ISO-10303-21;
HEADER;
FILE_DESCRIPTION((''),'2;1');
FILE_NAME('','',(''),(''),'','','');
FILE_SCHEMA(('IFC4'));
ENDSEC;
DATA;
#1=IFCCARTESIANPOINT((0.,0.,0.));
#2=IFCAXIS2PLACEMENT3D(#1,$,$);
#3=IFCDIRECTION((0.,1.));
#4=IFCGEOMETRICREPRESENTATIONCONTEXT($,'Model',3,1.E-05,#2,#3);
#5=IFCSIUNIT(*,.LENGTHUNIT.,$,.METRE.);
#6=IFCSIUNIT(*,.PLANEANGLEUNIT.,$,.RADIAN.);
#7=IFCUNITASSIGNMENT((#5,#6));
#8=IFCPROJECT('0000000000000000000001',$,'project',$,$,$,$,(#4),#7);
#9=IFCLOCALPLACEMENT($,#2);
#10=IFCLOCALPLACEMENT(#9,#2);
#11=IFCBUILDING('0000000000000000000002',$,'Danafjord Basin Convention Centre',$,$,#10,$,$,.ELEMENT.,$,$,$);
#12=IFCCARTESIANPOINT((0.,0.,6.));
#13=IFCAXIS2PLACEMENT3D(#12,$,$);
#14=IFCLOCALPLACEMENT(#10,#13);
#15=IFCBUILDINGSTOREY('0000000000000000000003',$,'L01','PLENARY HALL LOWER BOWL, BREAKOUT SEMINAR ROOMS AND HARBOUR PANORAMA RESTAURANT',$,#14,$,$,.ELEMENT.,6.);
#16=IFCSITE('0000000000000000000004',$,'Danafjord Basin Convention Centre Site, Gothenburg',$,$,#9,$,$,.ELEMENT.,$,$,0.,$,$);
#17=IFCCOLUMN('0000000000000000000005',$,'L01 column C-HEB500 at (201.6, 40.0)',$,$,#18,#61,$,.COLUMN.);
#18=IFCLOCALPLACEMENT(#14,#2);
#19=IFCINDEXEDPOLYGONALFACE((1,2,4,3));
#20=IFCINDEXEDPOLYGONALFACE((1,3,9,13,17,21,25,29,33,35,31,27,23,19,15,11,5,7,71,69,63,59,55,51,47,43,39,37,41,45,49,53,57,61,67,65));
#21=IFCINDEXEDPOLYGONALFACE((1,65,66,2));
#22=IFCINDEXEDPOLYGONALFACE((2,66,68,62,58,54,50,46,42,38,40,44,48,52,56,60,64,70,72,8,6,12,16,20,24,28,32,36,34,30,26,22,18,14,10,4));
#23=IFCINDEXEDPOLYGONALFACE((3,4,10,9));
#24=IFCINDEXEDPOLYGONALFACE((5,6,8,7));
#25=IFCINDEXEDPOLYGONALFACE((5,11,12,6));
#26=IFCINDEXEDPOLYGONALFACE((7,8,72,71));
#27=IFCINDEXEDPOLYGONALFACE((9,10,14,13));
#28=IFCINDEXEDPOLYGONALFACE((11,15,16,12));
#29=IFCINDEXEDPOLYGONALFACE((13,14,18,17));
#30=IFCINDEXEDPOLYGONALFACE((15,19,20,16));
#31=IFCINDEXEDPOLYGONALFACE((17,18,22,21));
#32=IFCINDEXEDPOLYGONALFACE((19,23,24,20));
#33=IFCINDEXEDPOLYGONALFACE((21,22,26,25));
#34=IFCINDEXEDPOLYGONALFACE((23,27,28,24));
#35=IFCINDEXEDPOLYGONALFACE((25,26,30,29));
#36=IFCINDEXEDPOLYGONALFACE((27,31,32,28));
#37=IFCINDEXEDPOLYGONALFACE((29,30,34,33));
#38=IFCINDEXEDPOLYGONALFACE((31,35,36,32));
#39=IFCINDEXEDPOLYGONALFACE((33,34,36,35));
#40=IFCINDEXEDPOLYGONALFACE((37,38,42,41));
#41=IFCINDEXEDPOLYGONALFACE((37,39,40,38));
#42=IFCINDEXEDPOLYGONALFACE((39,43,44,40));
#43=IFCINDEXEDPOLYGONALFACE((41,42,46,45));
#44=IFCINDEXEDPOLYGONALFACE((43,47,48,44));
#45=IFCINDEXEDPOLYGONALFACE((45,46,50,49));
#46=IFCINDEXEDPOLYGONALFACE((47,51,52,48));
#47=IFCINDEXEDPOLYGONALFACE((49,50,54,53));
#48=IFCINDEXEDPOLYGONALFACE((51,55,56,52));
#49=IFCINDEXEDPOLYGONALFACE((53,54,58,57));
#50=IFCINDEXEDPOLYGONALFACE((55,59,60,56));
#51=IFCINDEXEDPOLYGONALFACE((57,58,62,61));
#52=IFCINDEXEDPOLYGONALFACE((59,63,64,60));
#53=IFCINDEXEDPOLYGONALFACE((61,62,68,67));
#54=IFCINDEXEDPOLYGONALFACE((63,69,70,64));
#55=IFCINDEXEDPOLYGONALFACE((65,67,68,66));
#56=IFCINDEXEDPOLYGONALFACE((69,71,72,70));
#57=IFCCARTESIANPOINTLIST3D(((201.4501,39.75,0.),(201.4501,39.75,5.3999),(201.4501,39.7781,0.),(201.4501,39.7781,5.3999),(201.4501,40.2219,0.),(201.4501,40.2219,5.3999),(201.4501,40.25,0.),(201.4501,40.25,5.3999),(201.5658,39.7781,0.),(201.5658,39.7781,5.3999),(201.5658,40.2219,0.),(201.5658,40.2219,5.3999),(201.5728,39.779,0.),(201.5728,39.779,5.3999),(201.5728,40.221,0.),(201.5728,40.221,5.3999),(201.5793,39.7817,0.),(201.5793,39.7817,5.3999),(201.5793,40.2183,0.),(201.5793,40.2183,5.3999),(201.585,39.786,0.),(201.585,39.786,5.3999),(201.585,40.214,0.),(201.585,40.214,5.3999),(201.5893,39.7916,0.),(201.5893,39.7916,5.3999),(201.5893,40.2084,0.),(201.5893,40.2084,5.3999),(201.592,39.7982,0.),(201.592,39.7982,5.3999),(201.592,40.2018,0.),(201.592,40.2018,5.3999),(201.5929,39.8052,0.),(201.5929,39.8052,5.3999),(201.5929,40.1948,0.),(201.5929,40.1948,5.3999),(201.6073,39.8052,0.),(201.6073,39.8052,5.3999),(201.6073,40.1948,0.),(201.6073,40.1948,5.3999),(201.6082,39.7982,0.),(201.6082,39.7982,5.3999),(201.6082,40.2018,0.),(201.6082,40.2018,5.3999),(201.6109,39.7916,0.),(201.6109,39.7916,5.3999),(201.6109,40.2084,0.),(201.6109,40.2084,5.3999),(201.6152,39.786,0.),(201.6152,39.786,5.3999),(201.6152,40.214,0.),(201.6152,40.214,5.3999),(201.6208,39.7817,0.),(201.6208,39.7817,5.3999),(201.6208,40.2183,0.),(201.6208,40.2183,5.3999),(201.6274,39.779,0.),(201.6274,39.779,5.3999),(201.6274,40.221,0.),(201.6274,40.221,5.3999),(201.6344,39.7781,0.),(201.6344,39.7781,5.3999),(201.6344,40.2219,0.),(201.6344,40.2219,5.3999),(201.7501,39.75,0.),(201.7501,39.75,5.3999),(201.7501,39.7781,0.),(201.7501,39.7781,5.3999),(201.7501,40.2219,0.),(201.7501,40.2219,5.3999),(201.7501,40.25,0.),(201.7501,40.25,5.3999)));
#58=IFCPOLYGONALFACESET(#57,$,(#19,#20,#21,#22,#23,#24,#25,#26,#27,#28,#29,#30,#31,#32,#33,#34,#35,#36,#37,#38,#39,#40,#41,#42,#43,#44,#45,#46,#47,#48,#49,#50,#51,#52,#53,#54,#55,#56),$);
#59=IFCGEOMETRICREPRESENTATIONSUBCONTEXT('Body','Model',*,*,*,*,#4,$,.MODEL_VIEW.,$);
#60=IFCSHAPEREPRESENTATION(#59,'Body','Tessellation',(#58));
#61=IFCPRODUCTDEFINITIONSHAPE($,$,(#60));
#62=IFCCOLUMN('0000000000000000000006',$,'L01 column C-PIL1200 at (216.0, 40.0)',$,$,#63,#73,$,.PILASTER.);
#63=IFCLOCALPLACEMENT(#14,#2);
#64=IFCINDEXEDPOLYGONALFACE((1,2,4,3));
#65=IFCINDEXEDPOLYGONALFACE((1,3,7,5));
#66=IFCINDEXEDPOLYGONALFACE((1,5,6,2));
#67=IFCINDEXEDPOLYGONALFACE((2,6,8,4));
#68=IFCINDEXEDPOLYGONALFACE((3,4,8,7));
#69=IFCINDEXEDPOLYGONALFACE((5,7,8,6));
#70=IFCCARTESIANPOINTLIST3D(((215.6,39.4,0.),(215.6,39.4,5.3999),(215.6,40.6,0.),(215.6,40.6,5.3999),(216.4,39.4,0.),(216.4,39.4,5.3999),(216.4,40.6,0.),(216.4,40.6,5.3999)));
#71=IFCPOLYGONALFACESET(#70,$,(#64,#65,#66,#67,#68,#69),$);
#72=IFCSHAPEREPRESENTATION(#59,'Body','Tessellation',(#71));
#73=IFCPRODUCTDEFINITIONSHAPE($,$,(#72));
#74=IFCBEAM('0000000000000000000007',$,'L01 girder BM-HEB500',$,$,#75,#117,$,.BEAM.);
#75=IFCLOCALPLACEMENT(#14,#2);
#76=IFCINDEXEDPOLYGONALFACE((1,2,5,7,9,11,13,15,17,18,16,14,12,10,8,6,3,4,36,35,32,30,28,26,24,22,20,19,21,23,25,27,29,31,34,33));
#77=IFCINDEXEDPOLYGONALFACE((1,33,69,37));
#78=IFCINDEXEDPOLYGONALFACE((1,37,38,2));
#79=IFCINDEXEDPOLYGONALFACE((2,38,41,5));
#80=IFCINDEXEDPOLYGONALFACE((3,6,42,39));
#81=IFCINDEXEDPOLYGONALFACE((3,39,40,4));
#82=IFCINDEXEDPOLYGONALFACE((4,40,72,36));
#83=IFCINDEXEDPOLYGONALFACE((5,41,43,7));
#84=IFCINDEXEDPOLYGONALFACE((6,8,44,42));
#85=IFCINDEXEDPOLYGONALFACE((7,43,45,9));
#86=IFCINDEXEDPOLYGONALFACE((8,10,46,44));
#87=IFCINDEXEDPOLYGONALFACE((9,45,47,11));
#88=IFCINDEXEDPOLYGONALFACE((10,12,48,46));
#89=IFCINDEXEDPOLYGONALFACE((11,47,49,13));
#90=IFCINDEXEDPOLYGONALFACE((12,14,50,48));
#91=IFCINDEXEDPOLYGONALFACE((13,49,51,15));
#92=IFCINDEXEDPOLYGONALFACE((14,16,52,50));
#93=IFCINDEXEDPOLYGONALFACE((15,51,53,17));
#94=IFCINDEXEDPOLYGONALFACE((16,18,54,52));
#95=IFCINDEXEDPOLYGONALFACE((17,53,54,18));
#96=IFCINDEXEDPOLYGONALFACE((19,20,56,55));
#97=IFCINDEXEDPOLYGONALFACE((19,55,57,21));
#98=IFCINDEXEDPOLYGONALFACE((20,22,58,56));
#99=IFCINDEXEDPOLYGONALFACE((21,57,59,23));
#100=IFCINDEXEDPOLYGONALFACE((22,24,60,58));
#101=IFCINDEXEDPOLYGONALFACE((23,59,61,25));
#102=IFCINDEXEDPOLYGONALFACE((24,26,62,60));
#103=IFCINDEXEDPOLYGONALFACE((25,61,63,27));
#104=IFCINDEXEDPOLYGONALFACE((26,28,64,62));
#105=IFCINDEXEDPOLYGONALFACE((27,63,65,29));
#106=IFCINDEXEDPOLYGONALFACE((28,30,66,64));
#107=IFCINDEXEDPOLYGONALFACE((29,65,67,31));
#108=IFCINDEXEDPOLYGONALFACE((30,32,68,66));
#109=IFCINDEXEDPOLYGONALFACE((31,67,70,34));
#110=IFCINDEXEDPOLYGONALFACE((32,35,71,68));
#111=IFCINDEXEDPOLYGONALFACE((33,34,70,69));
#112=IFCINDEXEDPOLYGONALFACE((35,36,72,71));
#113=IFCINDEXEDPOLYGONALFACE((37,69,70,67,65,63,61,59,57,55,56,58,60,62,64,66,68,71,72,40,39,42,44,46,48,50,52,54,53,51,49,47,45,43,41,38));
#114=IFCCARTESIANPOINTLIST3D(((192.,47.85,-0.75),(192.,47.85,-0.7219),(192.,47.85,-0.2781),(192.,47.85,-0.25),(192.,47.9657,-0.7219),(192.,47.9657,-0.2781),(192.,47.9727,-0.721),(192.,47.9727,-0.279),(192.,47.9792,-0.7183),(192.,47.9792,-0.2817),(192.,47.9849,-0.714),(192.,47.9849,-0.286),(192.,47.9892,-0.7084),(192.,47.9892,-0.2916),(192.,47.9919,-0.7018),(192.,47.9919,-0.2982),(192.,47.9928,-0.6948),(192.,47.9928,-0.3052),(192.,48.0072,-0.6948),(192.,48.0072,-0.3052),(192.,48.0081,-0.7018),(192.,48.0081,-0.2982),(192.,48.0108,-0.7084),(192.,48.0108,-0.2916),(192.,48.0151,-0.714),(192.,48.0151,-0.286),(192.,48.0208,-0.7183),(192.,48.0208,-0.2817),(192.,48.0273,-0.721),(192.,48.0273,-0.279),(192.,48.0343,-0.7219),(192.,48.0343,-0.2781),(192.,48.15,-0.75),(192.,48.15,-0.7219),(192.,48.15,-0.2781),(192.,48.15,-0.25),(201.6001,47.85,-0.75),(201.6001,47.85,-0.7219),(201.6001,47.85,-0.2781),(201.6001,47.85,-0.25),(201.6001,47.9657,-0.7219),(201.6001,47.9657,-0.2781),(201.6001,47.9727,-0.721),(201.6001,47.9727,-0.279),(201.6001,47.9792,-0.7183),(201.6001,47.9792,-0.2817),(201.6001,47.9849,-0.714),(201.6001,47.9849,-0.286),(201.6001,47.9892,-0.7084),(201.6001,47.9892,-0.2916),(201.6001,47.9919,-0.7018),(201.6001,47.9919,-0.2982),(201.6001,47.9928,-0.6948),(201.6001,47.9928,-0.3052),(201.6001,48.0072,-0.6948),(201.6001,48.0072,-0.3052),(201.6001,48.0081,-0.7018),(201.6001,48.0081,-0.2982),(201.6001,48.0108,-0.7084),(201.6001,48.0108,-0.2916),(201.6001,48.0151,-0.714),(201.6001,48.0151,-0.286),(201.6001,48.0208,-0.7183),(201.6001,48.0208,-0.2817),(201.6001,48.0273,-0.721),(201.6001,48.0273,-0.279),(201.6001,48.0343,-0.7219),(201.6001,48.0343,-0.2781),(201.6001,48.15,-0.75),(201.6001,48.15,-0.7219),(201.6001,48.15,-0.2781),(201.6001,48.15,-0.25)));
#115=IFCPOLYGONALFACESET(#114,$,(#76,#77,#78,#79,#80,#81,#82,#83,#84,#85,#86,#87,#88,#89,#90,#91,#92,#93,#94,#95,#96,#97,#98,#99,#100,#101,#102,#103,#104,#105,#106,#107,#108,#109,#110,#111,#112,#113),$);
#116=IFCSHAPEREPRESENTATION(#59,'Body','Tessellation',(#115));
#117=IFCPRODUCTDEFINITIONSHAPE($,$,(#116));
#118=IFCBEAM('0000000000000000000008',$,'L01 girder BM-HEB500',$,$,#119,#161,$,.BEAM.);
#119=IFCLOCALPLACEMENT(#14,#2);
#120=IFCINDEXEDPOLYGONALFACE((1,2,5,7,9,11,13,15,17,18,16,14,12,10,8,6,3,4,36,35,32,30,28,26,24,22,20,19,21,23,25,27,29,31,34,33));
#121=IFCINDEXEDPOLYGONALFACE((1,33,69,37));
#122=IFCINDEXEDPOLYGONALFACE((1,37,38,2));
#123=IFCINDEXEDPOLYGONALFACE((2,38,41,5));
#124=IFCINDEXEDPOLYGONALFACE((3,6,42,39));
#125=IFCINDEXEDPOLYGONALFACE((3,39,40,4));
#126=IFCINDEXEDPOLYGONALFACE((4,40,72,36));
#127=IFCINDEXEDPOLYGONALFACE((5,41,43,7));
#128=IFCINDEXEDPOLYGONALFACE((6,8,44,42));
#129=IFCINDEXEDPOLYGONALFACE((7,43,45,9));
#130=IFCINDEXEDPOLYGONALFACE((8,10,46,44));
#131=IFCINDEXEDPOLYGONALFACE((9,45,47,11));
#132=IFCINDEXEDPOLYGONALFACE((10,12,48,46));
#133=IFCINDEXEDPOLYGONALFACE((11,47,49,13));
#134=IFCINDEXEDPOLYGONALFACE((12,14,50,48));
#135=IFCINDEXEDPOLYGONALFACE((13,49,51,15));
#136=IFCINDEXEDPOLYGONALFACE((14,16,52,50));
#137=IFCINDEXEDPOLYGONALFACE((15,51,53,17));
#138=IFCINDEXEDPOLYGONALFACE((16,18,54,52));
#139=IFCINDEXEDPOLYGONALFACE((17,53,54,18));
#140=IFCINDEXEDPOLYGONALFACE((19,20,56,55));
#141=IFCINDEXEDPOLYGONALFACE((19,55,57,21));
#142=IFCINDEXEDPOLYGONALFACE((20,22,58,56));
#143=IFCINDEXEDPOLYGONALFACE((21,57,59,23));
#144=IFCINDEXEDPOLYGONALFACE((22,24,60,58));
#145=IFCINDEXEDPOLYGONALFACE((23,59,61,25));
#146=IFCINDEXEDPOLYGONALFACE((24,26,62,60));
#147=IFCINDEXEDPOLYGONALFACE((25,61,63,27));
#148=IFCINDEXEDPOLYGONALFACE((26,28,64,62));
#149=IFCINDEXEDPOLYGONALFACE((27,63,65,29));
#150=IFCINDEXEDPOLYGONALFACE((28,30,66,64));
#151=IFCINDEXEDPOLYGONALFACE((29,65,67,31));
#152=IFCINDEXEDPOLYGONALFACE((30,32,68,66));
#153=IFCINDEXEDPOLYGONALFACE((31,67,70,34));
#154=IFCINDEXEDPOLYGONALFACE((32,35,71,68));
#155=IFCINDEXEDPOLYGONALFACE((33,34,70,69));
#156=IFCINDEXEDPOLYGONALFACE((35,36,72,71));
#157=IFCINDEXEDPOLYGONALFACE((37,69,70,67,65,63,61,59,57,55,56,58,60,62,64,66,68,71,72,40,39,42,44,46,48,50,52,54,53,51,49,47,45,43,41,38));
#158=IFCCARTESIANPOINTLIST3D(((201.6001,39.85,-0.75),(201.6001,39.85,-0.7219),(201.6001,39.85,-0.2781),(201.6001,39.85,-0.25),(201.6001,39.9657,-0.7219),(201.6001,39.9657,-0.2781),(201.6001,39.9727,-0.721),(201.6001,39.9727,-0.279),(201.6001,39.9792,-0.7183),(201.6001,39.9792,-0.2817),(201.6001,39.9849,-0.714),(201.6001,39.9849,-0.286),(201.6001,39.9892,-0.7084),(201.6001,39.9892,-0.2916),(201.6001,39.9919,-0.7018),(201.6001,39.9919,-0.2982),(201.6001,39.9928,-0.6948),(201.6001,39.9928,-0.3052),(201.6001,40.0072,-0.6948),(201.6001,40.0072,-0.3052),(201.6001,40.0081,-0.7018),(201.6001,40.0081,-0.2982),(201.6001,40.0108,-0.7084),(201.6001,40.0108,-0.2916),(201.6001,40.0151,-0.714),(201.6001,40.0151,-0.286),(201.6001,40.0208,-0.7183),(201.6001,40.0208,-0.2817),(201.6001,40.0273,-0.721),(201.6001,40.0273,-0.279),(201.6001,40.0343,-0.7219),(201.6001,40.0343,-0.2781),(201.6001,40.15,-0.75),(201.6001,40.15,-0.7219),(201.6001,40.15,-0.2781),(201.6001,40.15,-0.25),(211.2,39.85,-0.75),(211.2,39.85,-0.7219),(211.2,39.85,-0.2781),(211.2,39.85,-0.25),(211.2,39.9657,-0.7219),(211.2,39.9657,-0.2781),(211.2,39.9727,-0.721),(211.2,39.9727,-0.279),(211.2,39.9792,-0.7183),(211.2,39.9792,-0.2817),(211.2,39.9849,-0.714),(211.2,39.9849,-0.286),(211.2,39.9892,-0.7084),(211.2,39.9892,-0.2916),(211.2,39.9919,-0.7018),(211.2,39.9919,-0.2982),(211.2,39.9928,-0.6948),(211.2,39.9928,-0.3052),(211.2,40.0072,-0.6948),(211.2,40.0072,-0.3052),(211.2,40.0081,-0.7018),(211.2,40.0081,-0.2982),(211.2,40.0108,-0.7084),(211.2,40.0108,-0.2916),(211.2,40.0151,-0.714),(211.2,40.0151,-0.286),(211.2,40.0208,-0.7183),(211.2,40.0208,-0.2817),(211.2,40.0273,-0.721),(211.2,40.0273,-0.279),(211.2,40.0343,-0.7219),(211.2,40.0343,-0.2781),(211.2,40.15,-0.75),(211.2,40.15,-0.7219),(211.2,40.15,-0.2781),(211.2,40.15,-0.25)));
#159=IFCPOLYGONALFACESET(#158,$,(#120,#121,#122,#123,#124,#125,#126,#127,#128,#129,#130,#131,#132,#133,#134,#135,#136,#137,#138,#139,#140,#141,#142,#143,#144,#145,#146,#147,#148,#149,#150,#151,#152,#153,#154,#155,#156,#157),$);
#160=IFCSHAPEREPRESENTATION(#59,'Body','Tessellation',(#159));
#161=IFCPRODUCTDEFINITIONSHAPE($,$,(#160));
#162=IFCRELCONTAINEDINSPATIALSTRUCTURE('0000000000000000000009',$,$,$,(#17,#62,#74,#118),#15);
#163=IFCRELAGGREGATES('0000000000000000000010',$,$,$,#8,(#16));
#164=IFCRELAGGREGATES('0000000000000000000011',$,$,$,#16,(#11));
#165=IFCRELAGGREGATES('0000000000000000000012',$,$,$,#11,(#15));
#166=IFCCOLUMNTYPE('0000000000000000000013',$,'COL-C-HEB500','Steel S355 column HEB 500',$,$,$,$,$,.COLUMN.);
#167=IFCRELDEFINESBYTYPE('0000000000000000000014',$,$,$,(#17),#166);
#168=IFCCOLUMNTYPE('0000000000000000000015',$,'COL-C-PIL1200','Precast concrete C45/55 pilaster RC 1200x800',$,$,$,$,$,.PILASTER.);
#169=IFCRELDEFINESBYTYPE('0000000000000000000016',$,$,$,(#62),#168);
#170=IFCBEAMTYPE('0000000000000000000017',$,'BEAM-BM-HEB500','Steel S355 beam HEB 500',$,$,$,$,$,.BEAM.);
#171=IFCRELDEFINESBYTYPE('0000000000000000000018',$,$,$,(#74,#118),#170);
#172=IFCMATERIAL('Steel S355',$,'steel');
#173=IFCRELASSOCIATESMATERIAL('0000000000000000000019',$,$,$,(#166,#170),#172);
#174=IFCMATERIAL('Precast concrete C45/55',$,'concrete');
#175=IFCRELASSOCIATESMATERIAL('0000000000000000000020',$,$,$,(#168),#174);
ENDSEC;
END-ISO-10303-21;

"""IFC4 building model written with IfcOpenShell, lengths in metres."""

from ifc_helpers import new_model, si_unit, direction, frame, origin, origin_2d, place, context, subcontext, project, spatial, rectangle, i_section, extrude, material, material_profile, profile_set, type_object, element, save


model = new_model("IFC4")

# Units and contexts
model_context = context("Model", 3, precision=1e-05, world=origin(), true_north=direction((0.0, 1.0)))
body_context = subcontext(model_context, "Body", "Model", "MODEL_VIEW")
ifc_project = project(units=[si_unit("LENGTHUNIT", "METRE"), si_unit("PLANEANGLEUNIT", "RADIAN")], contexts=[model_context])

# Site, building, storey
site_placement = place(None, origin())
site = spatial("IfcSite", under=ifc_project, at=site_placement, Name="Danafjord Basin Convention Centre Site, Gothenburg", CompositionType="ELEMENT", RefElevation=0.0)
building_placement = place(site_placement, origin())
building = spatial("IfcBuilding", under=site, at=building_placement, Name="Danafjord Basin Convention Centre", CompositionType="ELEMENT")
storey_placement = place(building_placement, frame((0.0, 0.0, 6.0)))
storey = spatial("IfcBuildingStorey", under=building, at=storey_placement, Name="L01", Description="PLENARY HALL LOWER BOWL, BREAKOUT SEMINAR ROOMS AND HARBOUR PANORAMA RESTAURANT", CompositionType="ELEMENT", Elevation=6.0)

# Columns
ifc_material_1 = material(Name="Steel S355", Category="steel")
ifc_material_profile_1 = material_profile(ifc_material_1, i_section(OverallWidth=0.3, OverallDepth=0.5, WebThickness=0.0144, FlangeThickness=0.0281, FilletRadius=0.0271, at=origin_2d()), Name="HEB 500")
ifc_profile_set_1 = profile_set([ifc_material_profile_1], Name="Steel S355")
column_type_1 = type_object("IfcColumnType", Name="COL-C-HEB500", Description="Steel S355 column HEB 500", PredefinedType="COLUMN", material=ifc_profile_set_1)
column_1_placement = place(storey_placement, frame((201.6001, 40.0, 0.0), z_axis=(0.0, 0.0, 1.0), x_axis=(1.0, 0.0, 0.0)))
element("IfcColumn", 1, at=column_1_placement, inside=storey, type_object=column_type_1, Name="L01 column C-HEB500 at (201.6, 40.0)", PredefinedType="COLUMN", context=body_context, shape_type="SweptSolid", body=[
    extrude(i_section(OverallWidth=0.3, OverallDepth=0.5, WebThickness=0.0144, FlangeThickness=0.0281, FilletRadius=0.0271, at=origin_2d()), origin(), (0.0, 0.0, 1.0), 5.3999),
])
ifc_material_2 = material(Name="Precast concrete C45/55", Category="concrete")
ifc_material_profile_2 = material_profile(ifc_material_2, rectangle(XDim=0.8, YDim=1.2, at=origin_2d()), Name="RC 1200x800")
ifc_profile_set_2 = profile_set([ifc_material_profile_2], Name="Precast concrete C45/55")
column_type_2 = type_object("IfcColumnType", Name="COL-C-PIL1200", Description="Precast concrete C45/55 pilaster RC 1200x800", PredefinedType="PILASTER", material=ifc_profile_set_2)
column_2_placement = place(storey_placement, frame((216.0, 40.0, 0.0), z_axis=(0.0, 0.0, 1.0), x_axis=(1.0, 0.0, 0.0)))
element("IfcColumn", 2, at=column_2_placement, inside=storey, type_object=column_type_2, Name="L01 column C-PIL1200 at (216.0, 40.0)", PredefinedType="PILASTER", context=body_context, shape_type="SweptSolid", body=[
    extrude(rectangle(XDim=0.8, YDim=1.2, at=origin_2d()), origin(), (0.0, 0.0, 1.0), 5.3999),
])

# Beams
ifc_material_profile_3 = material_profile(ifc_material_1, i_section(OverallWidth=0.3, OverallDepth=0.5, WebThickness=0.0144, FlangeThickness=0.0281, FilletRadius=0.0271, at=origin_2d()), Name="HEB 500")
ifc_profile_set_3 = profile_set([ifc_material_profile_3], Name="Steel S355")
beam_type_1 = type_object("IfcBeamType", Name="BEAM-BM-HEB500", Description="Steel S355 beam HEB 500", PredefinedType="BEAM", material=ifc_profile_set_3)
beam_1_placement = place(storey_placement, frame((192.0, 48.0, -0.5), z_axis=(1.0, 0.0, 0.0), x_axis=(0.0, 1.0, 0.0)))
element("IfcBeam", 3, at=beam_1_placement, inside=storey, type_object=beam_type_1, Name="L01 girder BM-HEB500", PredefinedType="BEAM", context=body_context, shape_type="SweptSolid", body=[
    extrude(i_section(OverallWidth=0.3, OverallDepth=0.5, WebThickness=0.0144, FlangeThickness=0.0281, FilletRadius=0.0271, at=origin_2d()), origin(), (0.0, 0.0, 1.0), 9.6001),
])
beam_2_placement = place(storey_placement, frame((201.6001, 40.0, -0.5), z_axis=(1.0, 0.0, 0.0), x_axis=(0.0, 1.0, 0.0)))
element("IfcBeam", 4, at=beam_2_placement, inside=storey, type_object=beam_type_1, Name="L01 girder BM-HEB500", PredefinedType="BEAM", context=body_context, shape_type="SweptSolid", body=[
    extrude(i_section(OverallWidth=0.3, OverallDepth=0.5, WebThickness=0.0144, FlangeThickness=0.0281, FilletRadius=0.0271, at=origin_2d()), origin(), (0.0, 0.0, 1.0), 9.5999),
])

save(model, "model.ifc")
